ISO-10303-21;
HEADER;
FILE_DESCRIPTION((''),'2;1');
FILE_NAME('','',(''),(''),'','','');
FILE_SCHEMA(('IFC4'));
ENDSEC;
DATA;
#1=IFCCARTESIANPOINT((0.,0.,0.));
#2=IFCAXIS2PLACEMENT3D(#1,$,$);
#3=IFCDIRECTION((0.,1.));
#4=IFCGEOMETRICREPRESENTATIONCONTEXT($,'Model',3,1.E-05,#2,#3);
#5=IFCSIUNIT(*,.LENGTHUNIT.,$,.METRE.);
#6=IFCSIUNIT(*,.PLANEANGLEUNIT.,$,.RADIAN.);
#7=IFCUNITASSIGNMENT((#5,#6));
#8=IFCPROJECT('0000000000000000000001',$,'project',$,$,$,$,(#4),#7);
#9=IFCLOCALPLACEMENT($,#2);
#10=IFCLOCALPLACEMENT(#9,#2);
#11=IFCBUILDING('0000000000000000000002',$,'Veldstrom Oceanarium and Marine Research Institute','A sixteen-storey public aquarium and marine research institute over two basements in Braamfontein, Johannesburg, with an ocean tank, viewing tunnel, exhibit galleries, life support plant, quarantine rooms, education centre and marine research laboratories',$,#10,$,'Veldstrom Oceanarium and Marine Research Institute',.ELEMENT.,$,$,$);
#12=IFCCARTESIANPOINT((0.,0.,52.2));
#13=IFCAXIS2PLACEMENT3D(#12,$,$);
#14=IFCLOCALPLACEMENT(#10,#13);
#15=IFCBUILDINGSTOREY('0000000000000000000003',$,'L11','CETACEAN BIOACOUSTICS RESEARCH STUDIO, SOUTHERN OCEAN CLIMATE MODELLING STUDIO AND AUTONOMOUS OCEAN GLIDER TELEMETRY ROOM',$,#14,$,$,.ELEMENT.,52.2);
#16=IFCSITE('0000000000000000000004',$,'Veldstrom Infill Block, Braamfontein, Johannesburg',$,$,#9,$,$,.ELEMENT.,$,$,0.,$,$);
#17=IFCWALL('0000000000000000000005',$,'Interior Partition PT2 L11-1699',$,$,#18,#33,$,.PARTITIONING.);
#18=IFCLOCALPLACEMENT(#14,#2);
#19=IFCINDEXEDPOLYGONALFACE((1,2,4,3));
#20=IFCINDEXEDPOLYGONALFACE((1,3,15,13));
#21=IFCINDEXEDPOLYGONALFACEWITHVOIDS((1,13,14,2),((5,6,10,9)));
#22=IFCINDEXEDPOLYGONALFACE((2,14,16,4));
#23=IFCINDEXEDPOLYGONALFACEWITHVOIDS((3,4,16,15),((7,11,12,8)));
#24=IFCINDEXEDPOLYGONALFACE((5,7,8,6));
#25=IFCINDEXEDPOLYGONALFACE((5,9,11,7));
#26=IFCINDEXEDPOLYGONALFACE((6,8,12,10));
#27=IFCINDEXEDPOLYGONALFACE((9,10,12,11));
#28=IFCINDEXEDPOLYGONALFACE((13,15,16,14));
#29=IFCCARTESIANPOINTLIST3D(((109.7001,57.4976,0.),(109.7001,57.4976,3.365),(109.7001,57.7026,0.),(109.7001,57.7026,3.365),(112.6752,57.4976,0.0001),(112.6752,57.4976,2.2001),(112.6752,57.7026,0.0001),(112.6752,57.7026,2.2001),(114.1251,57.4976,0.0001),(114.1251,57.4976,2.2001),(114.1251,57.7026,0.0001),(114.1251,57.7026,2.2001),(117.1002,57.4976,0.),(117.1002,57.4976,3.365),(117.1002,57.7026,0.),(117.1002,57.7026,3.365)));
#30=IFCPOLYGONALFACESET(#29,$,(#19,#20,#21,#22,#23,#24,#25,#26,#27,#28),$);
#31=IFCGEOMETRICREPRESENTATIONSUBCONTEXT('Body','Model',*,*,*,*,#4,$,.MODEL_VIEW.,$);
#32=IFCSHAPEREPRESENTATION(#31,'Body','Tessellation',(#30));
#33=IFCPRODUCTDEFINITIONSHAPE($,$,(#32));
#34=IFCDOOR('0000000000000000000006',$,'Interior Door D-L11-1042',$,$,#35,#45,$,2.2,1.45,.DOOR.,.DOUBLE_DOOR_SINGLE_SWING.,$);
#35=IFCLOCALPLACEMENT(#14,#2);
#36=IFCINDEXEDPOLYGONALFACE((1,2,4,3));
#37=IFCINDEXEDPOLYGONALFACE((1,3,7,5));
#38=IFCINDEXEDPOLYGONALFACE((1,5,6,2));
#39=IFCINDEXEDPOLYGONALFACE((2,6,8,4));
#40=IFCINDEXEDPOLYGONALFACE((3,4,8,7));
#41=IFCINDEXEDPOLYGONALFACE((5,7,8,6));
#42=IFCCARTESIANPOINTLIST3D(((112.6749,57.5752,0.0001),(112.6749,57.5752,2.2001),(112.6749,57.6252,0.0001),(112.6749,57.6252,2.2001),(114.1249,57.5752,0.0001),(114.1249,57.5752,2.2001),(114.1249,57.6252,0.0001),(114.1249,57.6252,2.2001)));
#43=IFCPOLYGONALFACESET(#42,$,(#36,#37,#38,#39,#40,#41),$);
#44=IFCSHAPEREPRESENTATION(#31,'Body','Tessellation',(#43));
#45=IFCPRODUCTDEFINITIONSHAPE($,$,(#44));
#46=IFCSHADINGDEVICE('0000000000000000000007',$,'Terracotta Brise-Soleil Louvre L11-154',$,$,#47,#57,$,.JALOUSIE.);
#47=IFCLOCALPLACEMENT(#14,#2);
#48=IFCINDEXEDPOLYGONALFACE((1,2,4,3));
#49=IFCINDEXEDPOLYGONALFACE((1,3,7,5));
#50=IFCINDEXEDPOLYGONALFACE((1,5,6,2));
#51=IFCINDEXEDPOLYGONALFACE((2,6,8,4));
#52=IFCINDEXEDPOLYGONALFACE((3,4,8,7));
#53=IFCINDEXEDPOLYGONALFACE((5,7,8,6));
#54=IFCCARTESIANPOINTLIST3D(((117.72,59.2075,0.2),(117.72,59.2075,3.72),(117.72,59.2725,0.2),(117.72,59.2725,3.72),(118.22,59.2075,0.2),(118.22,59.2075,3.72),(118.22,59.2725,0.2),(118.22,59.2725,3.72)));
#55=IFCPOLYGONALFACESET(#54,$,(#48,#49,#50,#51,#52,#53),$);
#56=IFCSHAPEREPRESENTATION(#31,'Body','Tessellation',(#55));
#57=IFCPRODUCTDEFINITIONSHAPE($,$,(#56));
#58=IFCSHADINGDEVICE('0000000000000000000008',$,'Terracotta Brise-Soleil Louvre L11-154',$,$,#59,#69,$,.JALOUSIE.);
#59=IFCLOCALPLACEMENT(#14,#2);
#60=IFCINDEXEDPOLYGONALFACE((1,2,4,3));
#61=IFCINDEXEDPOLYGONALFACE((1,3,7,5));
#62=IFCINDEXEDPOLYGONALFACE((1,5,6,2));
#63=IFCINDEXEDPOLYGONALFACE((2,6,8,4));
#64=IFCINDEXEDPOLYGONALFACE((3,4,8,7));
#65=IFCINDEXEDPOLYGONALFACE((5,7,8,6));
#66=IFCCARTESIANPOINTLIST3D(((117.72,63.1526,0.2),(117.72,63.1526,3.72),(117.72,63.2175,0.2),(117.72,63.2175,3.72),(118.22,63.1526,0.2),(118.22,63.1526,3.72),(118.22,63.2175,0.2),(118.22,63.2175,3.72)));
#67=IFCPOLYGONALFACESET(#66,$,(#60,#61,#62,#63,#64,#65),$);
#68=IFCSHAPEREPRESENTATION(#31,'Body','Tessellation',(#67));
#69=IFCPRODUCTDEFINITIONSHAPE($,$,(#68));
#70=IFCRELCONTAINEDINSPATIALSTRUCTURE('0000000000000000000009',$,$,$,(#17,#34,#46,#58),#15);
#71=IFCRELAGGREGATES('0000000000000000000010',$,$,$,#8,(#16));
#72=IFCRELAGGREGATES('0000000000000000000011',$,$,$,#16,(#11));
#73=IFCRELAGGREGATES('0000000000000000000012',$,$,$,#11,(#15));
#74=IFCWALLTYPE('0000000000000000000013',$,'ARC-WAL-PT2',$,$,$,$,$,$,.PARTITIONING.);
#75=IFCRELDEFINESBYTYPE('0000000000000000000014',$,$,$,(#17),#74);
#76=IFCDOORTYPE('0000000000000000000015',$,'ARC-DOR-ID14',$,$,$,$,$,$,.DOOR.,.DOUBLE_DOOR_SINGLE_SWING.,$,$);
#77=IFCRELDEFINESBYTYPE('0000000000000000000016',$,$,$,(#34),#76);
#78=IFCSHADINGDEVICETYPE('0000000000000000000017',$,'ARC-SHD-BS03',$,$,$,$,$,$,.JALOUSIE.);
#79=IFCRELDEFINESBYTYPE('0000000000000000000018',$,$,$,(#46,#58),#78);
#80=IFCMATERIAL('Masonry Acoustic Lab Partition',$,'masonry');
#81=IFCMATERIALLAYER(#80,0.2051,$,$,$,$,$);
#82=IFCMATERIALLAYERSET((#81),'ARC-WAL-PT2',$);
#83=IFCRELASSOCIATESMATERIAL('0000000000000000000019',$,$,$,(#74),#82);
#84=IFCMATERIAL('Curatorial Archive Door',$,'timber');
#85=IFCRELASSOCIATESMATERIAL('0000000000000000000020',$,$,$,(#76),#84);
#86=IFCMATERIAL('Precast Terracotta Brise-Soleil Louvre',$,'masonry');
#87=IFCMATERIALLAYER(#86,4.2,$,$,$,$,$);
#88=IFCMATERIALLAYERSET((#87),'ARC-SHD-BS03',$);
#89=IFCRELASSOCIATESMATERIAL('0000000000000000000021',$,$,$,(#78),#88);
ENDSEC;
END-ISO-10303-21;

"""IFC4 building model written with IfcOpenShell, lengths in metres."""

from ifc_helpers import new_model, si_unit, direction, frame, frame_2d, origin, origin_2d, place, context, subcontext, project, spatial, rectangle, extrude, material, layer, layer_set, type_object, element, fill, save


model = new_model("IFC4")

# Units and contexts
model_context = context("Model", 3, precision=1e-05, world=origin(), true_north=direction((0.0, 1.0)))
body_context = subcontext(model_context, "Body", "Model", "MODEL_VIEW")
ifc_project = project(units=[si_unit("LENGTHUNIT", "METRE"), si_unit("PLANEANGLEUNIT", "RADIAN")], contexts=[model_context])

# Site, building, storey
site_placement = place(None, origin())
site = spatial("IfcSite", under=ifc_project, at=site_placement, Name="Veldstrom Infill Block, Braamfontein, Johannesburg", CompositionType="ELEMENT", RefElevation=0.0)
building_placement = place(site_placement, origin())
building = spatial("IfcBuilding", under=site, at=building_placement, Name="Veldstrom Oceanarium and Marine Research Institute", Description="A sixteen-storey public aquarium and marine research institute over two basements in Braamfontein, Johannesburg, with an ocean tank, viewing tunnel, exhibit galleries, life support plant, quarantine rooms, education centre and marine research laboratories", LongName="Veldstrom Oceanarium and Marine Research Institute", CompositionType="ELEMENT")
storey_placement = place(building_placement, frame((0.0, 0.0, 52.2)))
storey = spatial("IfcBuildingStorey", under=building, at=storey_placement, Name="L11", Description="CETACEAN BIOACOUSTICS RESEARCH STUDIO, SOUTHERN OCEAN CLIMATE MODELLING STUDIO AND AUTONOMOUS OCEAN GLIDER TELEMETRY ROOM", CompositionType="ELEMENT", Elevation=52.2)

# Wall, opening, door
ifc_material_1 = material(Name="Masonry Acoustic Lab Partition", Category="masonry")
ifc_layer_1 = layer(ifc_material_1, 0.2051)
ifc_layer_set_1 = layer_set([ifc_layer_1], Name="ARC-WAL-PT2")
wall_type_1 = type_object("IfcWallType", Name="ARC-WAL-PT2", PredefinedType="PARTITIONING", material=ifc_layer_set_1)
wall_1_placement = place(storey_placement, frame((109.7, 57.6001, 0.0), z_axis=(0.0, 0.0, 1.0), x_axis=(1.0, 0.0, 0.0)))
wall_1 = element("IfcWall", 1, at=wall_1_placement, inside=storey, type_object=wall_type_1, Name="Interior Partition PT2 L11-1699", PredefinedType="PARTITIONING", context=body_context, shape_type="SweptSolid", body=[
    extrude(rectangle(XDim=7.4001, YDim=0.2051, at=frame_2d((3.7002, 0.0))), origin(), (0.0, 0.0, 1.0), 3.365),
])
opening_1_placement = place(wall_1_placement, frame((2.9751, 0.0, 0.0)))
opening_1 = element("IfcOpeningElement", 2, at=opening_1_placement, cuts=wall_1, PredefinedType="OPENING", context=body_context, shape_type="SweptSolid", body=[
    extrude(rectangle(XDim=1.45, YDim=2.2, at=frame_2d((0.7251, 1.1001))), frame((0.0, 0.1125, 0.0), z_axis=(0.0, -1.0, 0.0), x_axis=(1.0, 0.0, 0.0)), (0.0, 0.0, 1.0), 0.2251),
])
ifc_material_2 = material(Name="Curatorial Archive Door", Category="timber")
door_type_1 = type_object("IfcDoorType", Name="ARC-DOR-ID14", OperationType="DOUBLE_DOOR_SINGLE_SWING", PredefinedType="DOOR", material=ifc_material_2)
door_1_placement = place(opening_1_placement, frame((1.45, 0.0, 0.0), z_axis=(0.0, 0.0, 1.0), x_axis=(-1.0, 0.0, 0.0)))
door_1 = element("IfcDoor", 3, at=door_1_placement, inside=storey, type_object=door_type_1, Name="Interior Door D-L11-1042", OperationType="DOUBLE_DOOR_SINGLE_SWING", OverallHeight=2.2, OverallWidth=1.45, PredefinedType="DOOR", context=body_context, shape_type="SweptSolid", body=[
    extrude(rectangle(XDim=1.45, YDim=2.2, at=frame_2d((0.7251, 1.1001))), frame((0.0, 0.0249, 0.0), z_axis=(0.0, -1.0, 0.0), x_axis=(1.0, 0.0, 0.0)), (0.0, 0.0, 1.0), 0.05),
])
fill(opening_1, door_1)

# Shading devices
ifc_material_3 = material(Name="Precast Terracotta Brise-Soleil Louvre", Category="masonry")
ifc_layer_2 = layer(ifc_material_3, 4.2)
ifc_layer_set_2 = layer_set([ifc_layer_2], Name="ARC-SHD-BS03")
shading_device_type = type_object("IfcShadingDeviceType", Name="ARC-SHD-BS03", PredefinedType="JALOUSIE", material=ifc_layer_set_2)
for number, where, z_axis, x_axis, name in (
    (4, (117.97, 59.24, 0.2), (0.0, 0.0, 1.0), (1.0, 0.0, 0.0), "Terracotta Brise-Soleil Louvre L11-154"),
    (5, (117.97, 63.1851, 0.2), (0.0, 0.0, 1.0), (1.0, 0.0, 0.0), "Terracotta Brise-Soleil Louvre L11-154"),
):
    element("IfcShadingDevice", number, at=place(storey_placement, frame(where, z_axis=z_axis, x_axis=x_axis)), inside=storey, type_object=shading_device_type, Name=name, PredefinedType="JALOUSIE", context=body_context, shape_type="SweptSolid", body=[
        extrude(rectangle(XDim=0.5, YDim=0.0649, at=origin_2d()), origin(), (0.0, 0.0, 1.0), 3.52),
    ])

save(model, "model.ifc")
